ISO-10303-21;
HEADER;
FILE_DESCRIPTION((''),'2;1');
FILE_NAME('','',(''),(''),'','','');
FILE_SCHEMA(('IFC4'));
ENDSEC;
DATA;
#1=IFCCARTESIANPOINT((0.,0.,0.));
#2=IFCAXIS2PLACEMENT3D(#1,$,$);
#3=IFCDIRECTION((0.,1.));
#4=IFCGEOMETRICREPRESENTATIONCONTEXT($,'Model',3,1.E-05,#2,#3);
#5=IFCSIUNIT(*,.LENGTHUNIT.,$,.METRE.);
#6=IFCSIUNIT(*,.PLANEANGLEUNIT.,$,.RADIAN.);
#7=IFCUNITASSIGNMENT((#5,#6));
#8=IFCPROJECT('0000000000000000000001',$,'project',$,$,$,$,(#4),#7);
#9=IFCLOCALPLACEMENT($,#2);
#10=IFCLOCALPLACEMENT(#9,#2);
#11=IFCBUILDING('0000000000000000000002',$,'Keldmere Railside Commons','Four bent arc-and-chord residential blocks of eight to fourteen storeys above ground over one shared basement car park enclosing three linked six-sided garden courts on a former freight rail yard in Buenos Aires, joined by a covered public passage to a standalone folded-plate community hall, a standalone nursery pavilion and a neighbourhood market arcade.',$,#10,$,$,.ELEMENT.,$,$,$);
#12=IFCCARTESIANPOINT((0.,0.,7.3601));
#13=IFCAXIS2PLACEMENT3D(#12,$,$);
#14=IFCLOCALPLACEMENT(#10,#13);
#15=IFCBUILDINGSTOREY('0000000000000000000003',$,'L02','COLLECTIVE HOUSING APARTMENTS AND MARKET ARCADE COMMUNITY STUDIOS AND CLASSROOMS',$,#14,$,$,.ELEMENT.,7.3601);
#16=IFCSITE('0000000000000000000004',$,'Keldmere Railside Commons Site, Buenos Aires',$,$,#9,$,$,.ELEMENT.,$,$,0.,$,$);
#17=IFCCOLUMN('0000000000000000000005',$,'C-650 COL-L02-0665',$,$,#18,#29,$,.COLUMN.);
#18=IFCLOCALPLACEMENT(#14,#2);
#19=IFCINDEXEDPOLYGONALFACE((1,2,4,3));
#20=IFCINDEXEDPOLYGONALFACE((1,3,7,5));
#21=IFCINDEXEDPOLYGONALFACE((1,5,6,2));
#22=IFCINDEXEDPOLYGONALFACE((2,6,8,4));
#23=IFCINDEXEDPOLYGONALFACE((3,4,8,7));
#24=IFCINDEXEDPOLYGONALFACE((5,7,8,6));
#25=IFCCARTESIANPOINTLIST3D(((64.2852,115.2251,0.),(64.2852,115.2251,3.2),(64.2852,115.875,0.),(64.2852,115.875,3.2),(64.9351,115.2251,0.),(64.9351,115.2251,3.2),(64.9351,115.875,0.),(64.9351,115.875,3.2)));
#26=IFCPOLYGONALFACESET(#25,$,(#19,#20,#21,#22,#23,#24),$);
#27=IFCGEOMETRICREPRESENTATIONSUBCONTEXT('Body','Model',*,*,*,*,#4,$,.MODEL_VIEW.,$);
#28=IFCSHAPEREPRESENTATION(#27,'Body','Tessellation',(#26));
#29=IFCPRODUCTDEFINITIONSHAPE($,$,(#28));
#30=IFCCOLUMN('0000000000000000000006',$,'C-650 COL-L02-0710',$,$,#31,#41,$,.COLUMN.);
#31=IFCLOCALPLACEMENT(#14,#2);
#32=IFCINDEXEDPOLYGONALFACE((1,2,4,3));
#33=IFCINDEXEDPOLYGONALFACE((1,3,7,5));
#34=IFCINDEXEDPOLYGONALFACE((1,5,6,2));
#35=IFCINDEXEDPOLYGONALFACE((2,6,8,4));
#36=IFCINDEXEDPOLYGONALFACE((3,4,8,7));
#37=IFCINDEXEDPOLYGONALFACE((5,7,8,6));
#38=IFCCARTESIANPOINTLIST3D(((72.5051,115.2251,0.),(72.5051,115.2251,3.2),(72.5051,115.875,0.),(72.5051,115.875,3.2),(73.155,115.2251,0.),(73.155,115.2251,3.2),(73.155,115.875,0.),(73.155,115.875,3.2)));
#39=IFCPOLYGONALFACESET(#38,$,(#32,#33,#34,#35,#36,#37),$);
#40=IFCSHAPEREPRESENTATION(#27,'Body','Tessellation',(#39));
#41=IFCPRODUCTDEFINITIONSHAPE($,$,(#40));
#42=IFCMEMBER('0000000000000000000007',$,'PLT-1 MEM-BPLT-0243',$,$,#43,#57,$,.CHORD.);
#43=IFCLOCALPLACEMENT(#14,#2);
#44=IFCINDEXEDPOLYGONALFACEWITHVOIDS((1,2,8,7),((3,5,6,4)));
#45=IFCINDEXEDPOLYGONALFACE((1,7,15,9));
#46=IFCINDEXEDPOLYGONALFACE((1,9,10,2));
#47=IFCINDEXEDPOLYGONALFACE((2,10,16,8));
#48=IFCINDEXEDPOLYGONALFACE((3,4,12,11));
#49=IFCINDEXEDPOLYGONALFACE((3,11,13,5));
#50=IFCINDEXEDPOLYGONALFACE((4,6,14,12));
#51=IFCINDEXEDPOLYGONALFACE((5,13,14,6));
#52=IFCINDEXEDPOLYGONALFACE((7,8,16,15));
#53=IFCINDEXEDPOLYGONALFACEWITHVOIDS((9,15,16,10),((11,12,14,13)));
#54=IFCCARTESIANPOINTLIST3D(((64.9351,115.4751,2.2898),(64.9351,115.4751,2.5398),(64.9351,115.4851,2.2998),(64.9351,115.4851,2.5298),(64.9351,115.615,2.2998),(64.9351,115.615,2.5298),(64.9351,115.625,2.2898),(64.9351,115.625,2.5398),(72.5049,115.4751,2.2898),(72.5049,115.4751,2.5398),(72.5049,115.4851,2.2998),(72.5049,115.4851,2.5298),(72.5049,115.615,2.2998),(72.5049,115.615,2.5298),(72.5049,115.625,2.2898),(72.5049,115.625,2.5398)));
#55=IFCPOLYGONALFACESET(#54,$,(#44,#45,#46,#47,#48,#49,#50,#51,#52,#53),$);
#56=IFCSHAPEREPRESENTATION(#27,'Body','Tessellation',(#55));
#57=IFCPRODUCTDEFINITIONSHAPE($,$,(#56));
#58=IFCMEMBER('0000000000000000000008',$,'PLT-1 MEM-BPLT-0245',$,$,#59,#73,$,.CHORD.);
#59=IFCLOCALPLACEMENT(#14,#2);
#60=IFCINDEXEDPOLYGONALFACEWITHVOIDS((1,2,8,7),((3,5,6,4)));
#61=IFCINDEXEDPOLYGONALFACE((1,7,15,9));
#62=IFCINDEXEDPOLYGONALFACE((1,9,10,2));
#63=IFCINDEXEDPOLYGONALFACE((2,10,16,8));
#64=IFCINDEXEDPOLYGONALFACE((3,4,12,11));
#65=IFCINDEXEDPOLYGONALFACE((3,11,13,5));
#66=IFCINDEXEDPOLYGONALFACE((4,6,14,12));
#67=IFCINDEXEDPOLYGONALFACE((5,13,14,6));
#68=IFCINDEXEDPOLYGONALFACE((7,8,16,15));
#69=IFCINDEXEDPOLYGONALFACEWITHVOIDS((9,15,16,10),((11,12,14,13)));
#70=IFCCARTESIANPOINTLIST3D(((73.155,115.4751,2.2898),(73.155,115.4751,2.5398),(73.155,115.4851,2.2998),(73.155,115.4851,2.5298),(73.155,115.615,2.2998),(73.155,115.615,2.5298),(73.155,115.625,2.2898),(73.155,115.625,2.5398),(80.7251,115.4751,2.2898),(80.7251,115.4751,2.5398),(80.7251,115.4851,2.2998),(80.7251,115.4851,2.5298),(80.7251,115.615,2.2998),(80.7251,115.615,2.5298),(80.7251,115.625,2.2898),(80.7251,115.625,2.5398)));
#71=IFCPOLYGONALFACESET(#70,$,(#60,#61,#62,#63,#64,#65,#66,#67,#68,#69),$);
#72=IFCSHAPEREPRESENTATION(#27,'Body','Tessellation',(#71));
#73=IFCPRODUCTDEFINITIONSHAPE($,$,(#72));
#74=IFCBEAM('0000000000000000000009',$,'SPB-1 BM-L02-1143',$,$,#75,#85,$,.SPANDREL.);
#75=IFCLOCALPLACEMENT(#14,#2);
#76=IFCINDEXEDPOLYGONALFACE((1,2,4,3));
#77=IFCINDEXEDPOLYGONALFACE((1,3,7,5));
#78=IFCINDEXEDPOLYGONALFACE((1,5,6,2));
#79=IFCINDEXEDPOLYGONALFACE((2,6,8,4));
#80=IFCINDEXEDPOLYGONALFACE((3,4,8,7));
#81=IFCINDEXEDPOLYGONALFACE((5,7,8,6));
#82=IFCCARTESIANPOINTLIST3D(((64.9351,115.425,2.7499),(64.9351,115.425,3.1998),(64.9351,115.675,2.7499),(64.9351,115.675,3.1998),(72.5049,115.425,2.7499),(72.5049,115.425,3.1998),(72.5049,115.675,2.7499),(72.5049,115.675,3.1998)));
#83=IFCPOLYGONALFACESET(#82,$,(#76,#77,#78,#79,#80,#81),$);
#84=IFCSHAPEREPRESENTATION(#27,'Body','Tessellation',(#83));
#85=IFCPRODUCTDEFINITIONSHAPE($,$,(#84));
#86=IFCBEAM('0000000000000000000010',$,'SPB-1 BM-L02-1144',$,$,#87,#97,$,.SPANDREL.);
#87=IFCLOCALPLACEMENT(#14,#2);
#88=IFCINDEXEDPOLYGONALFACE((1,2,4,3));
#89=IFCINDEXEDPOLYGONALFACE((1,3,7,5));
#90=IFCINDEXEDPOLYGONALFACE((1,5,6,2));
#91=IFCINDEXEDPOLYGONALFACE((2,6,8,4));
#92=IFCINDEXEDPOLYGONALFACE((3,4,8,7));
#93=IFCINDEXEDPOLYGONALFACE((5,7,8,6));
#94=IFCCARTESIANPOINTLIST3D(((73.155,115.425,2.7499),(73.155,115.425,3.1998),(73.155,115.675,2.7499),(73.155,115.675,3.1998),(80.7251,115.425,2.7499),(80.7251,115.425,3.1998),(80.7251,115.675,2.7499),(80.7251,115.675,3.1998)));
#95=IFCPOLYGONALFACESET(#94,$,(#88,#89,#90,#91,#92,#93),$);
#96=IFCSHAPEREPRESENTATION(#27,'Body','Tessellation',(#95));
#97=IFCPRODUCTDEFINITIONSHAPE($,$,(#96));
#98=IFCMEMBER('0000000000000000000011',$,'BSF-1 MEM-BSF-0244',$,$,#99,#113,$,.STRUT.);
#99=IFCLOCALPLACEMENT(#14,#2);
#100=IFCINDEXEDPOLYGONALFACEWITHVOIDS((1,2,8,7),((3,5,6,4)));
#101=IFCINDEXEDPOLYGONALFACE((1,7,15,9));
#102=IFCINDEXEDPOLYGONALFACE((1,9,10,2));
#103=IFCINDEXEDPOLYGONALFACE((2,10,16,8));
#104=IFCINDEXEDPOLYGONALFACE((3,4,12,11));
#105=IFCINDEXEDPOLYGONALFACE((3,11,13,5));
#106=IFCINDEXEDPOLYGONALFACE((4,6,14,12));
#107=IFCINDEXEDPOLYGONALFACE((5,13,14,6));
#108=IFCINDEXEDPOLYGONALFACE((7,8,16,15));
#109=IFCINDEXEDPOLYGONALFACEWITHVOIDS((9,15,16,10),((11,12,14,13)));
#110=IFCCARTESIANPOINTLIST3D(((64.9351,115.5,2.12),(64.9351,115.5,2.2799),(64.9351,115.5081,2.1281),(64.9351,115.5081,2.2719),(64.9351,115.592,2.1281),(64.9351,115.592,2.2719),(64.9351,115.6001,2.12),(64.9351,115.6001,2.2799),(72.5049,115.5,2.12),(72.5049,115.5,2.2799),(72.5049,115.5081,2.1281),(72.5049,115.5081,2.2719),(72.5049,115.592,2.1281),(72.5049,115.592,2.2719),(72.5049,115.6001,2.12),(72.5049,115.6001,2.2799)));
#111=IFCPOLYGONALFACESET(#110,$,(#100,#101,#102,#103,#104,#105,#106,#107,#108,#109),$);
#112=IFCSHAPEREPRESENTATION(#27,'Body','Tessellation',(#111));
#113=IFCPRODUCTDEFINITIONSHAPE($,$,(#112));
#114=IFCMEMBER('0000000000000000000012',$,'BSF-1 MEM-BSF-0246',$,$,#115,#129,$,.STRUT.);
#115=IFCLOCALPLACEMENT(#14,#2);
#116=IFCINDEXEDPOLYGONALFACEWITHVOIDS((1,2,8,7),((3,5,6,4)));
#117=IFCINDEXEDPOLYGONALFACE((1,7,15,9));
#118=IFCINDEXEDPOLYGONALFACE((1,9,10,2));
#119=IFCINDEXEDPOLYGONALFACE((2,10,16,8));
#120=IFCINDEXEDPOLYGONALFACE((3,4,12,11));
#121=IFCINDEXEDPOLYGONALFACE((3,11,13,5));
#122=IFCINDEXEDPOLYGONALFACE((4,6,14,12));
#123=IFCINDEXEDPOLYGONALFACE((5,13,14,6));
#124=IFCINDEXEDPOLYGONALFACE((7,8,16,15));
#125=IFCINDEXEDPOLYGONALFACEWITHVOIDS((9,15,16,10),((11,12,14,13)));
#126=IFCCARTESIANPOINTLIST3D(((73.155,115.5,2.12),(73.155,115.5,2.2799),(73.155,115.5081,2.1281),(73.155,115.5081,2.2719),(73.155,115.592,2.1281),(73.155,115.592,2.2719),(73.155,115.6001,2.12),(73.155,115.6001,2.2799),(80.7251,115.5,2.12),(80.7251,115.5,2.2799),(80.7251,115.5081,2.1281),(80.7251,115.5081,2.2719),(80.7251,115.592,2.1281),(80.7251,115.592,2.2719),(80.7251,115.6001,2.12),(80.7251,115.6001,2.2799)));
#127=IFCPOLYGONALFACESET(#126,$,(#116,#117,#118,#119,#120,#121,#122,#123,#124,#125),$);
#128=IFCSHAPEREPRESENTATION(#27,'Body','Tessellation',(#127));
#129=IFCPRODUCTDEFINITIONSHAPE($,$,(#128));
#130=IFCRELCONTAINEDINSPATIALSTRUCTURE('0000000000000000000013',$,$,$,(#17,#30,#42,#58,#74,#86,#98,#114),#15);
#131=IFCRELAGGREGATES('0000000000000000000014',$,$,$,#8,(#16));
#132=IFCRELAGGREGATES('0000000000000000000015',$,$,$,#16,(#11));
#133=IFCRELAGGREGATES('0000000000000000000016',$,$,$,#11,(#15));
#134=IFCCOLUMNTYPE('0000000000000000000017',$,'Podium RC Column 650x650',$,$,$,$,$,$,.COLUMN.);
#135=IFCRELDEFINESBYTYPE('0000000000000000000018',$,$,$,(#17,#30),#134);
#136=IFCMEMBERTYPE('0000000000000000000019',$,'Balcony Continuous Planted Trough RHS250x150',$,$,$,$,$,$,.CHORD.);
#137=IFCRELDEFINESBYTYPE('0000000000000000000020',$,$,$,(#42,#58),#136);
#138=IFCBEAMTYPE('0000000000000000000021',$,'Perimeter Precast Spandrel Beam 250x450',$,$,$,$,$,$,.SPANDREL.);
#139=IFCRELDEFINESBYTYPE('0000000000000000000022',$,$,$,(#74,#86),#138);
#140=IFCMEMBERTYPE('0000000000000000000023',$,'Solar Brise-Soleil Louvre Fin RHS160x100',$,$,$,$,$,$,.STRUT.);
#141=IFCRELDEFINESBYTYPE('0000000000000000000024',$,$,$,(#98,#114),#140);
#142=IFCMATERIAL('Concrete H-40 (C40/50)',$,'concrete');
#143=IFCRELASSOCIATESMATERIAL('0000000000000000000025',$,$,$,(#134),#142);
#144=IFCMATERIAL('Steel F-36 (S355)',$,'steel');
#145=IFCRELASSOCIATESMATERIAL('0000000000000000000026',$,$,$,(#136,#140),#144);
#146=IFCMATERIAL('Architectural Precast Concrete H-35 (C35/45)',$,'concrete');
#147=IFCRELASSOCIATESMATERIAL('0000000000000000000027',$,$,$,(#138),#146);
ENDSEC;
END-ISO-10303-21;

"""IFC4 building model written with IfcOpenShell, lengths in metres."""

from ifc_helpers import new_model, si_unit, direction, frame, origin, origin_2d, place, context, subcontext, project, spatial, rectangle, hollow_rectangle, extrude, material, material_profile, profile_set, type_object, element, save


model = new_model("IFC4")

# Units and contexts
model_context = context("Model", 3, precision=1e-05, world=origin(), true_north=direction((0.0, 1.0)))
body_context = subcontext(model_context, "Body", "Model", "MODEL_VIEW")
ifc_project = project(units=[si_unit("LENGTHUNIT", "METRE"), si_unit("PLANEANGLEUNIT", "RADIAN")], contexts=[model_context])

# Site, building, storey
site_placement = place(None, origin())
site = spatial("IfcSite", under=ifc_project, at=site_placement, Name="Keldmere Railside Commons Site, Buenos Aires", CompositionType="ELEMENT", RefElevation=0.0)
building_placement = place(site_placement, origin())
building = spatial("IfcBuilding", under=site, at=building_placement, Name="Keldmere Railside Commons", Description="Four bent arc-and-chord residential blocks of eight to fourteen storeys above ground over one shared basement car park enclosing three linked six-sided garden courts on a former freight rail yard in Buenos Aires, joined by a covered public passage to a standalone folded-plate community hall, a standalone nursery pavilion and a neighbourhood market arcade.", CompositionType="ELEMENT")
storey_placement = place(building_placement, frame((0.0, 0.0, 7.3601)))
storey = spatial("IfcBuildingStorey", under=building, at=storey_placement, Name="L02", Description="COLLECTIVE HOUSING APARTMENTS AND MARKET ARCADE COMMUNITY STUDIOS AND CLASSROOMS", CompositionType="ELEMENT", Elevation=7.3601)

# Columns
ifc_material_1 = material(Name="Concrete H-40 (C40/50)", Category="concrete")
ifc_material_profile_1 = material_profile(ifc_material_1, rectangle(XDim=0.6499, YDim=0.6499, at=origin_2d()), Name="RC-650x650")
ifc_profile_set_1 = profile_set([ifc_material_profile_1], Name="Concrete H-40 (C40/50)")
column_type = type_object("IfcColumnType", Name="Podium RC Column 650x650", PredefinedType="COLUMN", material=ifc_profile_set_1)
for number, where, z_axis, x_axis, name in (
    (1, (64.6101, 115.55, 0.0), (0.0, 0.0, 1.0), (1.0, 0.0, 0.0), "C-650 COL-L02-0665"),
    (2, (72.8301, 115.55, 0.0), (0.0, 0.0, 1.0), (1.0, 0.0, 0.0), "C-650 COL-L02-0710"),
):
    element("IfcColumn", number, at=place(storey_placement, frame(where, z_axis=z_axis, x_axis=x_axis)), inside=storey, type_object=column_type, Name=name, PredefinedType="COLUMN", context=body_context, shape_type="SweptSolid", body=[
        extrude(rectangle(XDim=0.6499, YDim=0.6499, at=origin_2d()), origin(), (0.0, 0.0, 1.0), 3.2),
    ])

# Members
ifc_material_2 = material(Name="Steel F-36 (S355)", Category="steel")
ifc_material_profile_2 = material_profile(ifc_material_2, hollow_rectangle(XDim=0.1499, YDim=0.25, WallThickness=0.01, at=origin_2d()), Name="RHS-250x150x10")
ifc_profile_set_2 = profile_set([ifc_material_profile_2], Name="Steel F-36 (S355)")
member_type_1 = type_object("IfcMemberType", Name="Balcony Continuous Planted Trough RHS250x150", PredefinedType="CHORD", material=ifc_profile_set_2)
member_1_placement = place(storey_placement, frame((64.9351, 115.55, 2.4148), z_axis=(1.0, 0.0, 0.0), x_axis=(0.0, 1.0, 0.0)))
element("IfcMember", 3, at=member_1_placement, inside=storey, type_object=member_type_1, Name="PLT-1 MEM-BPLT-0243", PredefinedType="CHORD", context=body_context, shape_type="SweptSolid", body=[
    extrude(hollow_rectangle(XDim=0.1499, YDim=0.25, WallThickness=0.01, at=origin_2d()), origin(), (0.0, 0.0, 1.0), 7.5698),
])
member_2_placement = place(storey_placement, frame((73.155, 115.55, 2.4148), z_axis=(1.0, 0.0, 0.0), x_axis=(0.0, 1.0, 0.0)))
element("IfcMember", 4, at=member_2_placement, inside=storey, type_object=member_type_1, Name="PLT-1 MEM-BPLT-0245", PredefinedType="CHORD", context=body_context, shape_type="SweptSolid", body=[
    extrude(hollow_rectangle(XDim=0.1499, YDim=0.25, WallThickness=0.01, at=origin_2d()), origin(), (0.0, 0.0, 1.0), 7.5701),
])

# Beams
ifc_material_3 = material(Name="Architectural Precast Concrete H-35 (C35/45)", Category="concrete")
ifc_material_profile_3 = material_profile(ifc_material_3, rectangle(XDim=0.25, YDim=0.45, at=origin_2d()), Name="RC-250x450")
ifc_profile_set_3 = profile_set([ifc_material_profile_3], Name="Architectural Precast Concrete H-35 (C35/45)")
beam_type = type_object("IfcBeamType", Name="Perimeter Precast Spandrel Beam 250x450", PredefinedType="SPANDREL", material=ifc_profile_set_3)
beam_1_placement = place(storey_placement, frame((64.9351, 115.55, 2.9749), z_axis=(1.0, 0.0, 0.0), x_axis=(0.0, 1.0, 0.0)))
element("IfcBeam", 5, at=beam_1_placement, inside=storey, type_object=beam_type, Name="SPB-1 BM-L02-1143", PredefinedType="SPANDREL", context=body_context, shape_type="SweptSolid", body=[
    extrude(rectangle(XDim=0.25, YDim=0.45, at=origin_2d()), origin(), (0.0, 0.0, 1.0), 7.5698),
])
beam_2_placement = place(storey_placement, frame((73.155, 115.55, 2.9749), z_axis=(1.0, 0.0, 0.0), x_axis=(0.0, 1.0, 0.0)))
element("IfcBeam", 6, at=beam_2_placement, inside=storey, type_object=beam_type, Name="SPB-1 BM-L02-1144", PredefinedType="SPANDREL", context=body_context, shape_type="SweptSolid", body=[
    extrude(rectangle(XDim=0.25, YDim=0.45, at=origin_2d()), origin(), (0.0, 0.0, 1.0), 7.5701),
])

# Members
ifc_material_profile_4 = material_profile(ifc_material_2, hollow_rectangle(XDim=0.1001, YDim=0.1599, WallThickness=0.0081, at=origin_2d()), Name="RHS-160x100x8")
ifc_profile_set_4 = profile_set([ifc_material_profile_4], Name="Steel F-36 (S355)")
member_type_2 = type_object("IfcMemberType", Name="Solar Brise-Soleil Louvre Fin RHS160x100", PredefinedType="STRUT", material=ifc_profile_set_4)
member_3_placement = place(storey_placement, frame((64.9351, 115.55, 2.2), z_axis=(1.0, 0.0, 0.0), x_axis=(0.0, 1.0, 0.0)))
element("IfcMember", 7, at=member_3_placement, inside=storey, type_object=member_type_2, Name="BSF-1 MEM-BSF-0244", PredefinedType="STRUT", context=body_context, shape_type="SweptSolid", body=[
    extrude(hollow_rectangle(XDim=0.1001, YDim=0.1599, WallThickness=0.0081, at=origin_2d()), origin(), (0.0, 0.0, 1.0), 7.5698),
])
member_4_placement = place(storey_placement, frame((73.155, 115.55, 2.2), z_axis=(1.0, 0.0, 0.0), x_axis=(0.0, 1.0, 0.0)))
element("IfcMember", 8, at=member_4_placement, inside=storey, type_object=member_type_2, Name="BSF-1 MEM-BSF-0246", PredefinedType="STRUT", context=body_context, shape_type="SweptSolid", body=[
    extrude(hollow_rectangle(XDim=0.1001, YDim=0.1599, WallThickness=0.0081, at=origin_2d()), origin(), (0.0, 0.0, 1.0), 7.5701),
])

save(model, "model.ifc")
